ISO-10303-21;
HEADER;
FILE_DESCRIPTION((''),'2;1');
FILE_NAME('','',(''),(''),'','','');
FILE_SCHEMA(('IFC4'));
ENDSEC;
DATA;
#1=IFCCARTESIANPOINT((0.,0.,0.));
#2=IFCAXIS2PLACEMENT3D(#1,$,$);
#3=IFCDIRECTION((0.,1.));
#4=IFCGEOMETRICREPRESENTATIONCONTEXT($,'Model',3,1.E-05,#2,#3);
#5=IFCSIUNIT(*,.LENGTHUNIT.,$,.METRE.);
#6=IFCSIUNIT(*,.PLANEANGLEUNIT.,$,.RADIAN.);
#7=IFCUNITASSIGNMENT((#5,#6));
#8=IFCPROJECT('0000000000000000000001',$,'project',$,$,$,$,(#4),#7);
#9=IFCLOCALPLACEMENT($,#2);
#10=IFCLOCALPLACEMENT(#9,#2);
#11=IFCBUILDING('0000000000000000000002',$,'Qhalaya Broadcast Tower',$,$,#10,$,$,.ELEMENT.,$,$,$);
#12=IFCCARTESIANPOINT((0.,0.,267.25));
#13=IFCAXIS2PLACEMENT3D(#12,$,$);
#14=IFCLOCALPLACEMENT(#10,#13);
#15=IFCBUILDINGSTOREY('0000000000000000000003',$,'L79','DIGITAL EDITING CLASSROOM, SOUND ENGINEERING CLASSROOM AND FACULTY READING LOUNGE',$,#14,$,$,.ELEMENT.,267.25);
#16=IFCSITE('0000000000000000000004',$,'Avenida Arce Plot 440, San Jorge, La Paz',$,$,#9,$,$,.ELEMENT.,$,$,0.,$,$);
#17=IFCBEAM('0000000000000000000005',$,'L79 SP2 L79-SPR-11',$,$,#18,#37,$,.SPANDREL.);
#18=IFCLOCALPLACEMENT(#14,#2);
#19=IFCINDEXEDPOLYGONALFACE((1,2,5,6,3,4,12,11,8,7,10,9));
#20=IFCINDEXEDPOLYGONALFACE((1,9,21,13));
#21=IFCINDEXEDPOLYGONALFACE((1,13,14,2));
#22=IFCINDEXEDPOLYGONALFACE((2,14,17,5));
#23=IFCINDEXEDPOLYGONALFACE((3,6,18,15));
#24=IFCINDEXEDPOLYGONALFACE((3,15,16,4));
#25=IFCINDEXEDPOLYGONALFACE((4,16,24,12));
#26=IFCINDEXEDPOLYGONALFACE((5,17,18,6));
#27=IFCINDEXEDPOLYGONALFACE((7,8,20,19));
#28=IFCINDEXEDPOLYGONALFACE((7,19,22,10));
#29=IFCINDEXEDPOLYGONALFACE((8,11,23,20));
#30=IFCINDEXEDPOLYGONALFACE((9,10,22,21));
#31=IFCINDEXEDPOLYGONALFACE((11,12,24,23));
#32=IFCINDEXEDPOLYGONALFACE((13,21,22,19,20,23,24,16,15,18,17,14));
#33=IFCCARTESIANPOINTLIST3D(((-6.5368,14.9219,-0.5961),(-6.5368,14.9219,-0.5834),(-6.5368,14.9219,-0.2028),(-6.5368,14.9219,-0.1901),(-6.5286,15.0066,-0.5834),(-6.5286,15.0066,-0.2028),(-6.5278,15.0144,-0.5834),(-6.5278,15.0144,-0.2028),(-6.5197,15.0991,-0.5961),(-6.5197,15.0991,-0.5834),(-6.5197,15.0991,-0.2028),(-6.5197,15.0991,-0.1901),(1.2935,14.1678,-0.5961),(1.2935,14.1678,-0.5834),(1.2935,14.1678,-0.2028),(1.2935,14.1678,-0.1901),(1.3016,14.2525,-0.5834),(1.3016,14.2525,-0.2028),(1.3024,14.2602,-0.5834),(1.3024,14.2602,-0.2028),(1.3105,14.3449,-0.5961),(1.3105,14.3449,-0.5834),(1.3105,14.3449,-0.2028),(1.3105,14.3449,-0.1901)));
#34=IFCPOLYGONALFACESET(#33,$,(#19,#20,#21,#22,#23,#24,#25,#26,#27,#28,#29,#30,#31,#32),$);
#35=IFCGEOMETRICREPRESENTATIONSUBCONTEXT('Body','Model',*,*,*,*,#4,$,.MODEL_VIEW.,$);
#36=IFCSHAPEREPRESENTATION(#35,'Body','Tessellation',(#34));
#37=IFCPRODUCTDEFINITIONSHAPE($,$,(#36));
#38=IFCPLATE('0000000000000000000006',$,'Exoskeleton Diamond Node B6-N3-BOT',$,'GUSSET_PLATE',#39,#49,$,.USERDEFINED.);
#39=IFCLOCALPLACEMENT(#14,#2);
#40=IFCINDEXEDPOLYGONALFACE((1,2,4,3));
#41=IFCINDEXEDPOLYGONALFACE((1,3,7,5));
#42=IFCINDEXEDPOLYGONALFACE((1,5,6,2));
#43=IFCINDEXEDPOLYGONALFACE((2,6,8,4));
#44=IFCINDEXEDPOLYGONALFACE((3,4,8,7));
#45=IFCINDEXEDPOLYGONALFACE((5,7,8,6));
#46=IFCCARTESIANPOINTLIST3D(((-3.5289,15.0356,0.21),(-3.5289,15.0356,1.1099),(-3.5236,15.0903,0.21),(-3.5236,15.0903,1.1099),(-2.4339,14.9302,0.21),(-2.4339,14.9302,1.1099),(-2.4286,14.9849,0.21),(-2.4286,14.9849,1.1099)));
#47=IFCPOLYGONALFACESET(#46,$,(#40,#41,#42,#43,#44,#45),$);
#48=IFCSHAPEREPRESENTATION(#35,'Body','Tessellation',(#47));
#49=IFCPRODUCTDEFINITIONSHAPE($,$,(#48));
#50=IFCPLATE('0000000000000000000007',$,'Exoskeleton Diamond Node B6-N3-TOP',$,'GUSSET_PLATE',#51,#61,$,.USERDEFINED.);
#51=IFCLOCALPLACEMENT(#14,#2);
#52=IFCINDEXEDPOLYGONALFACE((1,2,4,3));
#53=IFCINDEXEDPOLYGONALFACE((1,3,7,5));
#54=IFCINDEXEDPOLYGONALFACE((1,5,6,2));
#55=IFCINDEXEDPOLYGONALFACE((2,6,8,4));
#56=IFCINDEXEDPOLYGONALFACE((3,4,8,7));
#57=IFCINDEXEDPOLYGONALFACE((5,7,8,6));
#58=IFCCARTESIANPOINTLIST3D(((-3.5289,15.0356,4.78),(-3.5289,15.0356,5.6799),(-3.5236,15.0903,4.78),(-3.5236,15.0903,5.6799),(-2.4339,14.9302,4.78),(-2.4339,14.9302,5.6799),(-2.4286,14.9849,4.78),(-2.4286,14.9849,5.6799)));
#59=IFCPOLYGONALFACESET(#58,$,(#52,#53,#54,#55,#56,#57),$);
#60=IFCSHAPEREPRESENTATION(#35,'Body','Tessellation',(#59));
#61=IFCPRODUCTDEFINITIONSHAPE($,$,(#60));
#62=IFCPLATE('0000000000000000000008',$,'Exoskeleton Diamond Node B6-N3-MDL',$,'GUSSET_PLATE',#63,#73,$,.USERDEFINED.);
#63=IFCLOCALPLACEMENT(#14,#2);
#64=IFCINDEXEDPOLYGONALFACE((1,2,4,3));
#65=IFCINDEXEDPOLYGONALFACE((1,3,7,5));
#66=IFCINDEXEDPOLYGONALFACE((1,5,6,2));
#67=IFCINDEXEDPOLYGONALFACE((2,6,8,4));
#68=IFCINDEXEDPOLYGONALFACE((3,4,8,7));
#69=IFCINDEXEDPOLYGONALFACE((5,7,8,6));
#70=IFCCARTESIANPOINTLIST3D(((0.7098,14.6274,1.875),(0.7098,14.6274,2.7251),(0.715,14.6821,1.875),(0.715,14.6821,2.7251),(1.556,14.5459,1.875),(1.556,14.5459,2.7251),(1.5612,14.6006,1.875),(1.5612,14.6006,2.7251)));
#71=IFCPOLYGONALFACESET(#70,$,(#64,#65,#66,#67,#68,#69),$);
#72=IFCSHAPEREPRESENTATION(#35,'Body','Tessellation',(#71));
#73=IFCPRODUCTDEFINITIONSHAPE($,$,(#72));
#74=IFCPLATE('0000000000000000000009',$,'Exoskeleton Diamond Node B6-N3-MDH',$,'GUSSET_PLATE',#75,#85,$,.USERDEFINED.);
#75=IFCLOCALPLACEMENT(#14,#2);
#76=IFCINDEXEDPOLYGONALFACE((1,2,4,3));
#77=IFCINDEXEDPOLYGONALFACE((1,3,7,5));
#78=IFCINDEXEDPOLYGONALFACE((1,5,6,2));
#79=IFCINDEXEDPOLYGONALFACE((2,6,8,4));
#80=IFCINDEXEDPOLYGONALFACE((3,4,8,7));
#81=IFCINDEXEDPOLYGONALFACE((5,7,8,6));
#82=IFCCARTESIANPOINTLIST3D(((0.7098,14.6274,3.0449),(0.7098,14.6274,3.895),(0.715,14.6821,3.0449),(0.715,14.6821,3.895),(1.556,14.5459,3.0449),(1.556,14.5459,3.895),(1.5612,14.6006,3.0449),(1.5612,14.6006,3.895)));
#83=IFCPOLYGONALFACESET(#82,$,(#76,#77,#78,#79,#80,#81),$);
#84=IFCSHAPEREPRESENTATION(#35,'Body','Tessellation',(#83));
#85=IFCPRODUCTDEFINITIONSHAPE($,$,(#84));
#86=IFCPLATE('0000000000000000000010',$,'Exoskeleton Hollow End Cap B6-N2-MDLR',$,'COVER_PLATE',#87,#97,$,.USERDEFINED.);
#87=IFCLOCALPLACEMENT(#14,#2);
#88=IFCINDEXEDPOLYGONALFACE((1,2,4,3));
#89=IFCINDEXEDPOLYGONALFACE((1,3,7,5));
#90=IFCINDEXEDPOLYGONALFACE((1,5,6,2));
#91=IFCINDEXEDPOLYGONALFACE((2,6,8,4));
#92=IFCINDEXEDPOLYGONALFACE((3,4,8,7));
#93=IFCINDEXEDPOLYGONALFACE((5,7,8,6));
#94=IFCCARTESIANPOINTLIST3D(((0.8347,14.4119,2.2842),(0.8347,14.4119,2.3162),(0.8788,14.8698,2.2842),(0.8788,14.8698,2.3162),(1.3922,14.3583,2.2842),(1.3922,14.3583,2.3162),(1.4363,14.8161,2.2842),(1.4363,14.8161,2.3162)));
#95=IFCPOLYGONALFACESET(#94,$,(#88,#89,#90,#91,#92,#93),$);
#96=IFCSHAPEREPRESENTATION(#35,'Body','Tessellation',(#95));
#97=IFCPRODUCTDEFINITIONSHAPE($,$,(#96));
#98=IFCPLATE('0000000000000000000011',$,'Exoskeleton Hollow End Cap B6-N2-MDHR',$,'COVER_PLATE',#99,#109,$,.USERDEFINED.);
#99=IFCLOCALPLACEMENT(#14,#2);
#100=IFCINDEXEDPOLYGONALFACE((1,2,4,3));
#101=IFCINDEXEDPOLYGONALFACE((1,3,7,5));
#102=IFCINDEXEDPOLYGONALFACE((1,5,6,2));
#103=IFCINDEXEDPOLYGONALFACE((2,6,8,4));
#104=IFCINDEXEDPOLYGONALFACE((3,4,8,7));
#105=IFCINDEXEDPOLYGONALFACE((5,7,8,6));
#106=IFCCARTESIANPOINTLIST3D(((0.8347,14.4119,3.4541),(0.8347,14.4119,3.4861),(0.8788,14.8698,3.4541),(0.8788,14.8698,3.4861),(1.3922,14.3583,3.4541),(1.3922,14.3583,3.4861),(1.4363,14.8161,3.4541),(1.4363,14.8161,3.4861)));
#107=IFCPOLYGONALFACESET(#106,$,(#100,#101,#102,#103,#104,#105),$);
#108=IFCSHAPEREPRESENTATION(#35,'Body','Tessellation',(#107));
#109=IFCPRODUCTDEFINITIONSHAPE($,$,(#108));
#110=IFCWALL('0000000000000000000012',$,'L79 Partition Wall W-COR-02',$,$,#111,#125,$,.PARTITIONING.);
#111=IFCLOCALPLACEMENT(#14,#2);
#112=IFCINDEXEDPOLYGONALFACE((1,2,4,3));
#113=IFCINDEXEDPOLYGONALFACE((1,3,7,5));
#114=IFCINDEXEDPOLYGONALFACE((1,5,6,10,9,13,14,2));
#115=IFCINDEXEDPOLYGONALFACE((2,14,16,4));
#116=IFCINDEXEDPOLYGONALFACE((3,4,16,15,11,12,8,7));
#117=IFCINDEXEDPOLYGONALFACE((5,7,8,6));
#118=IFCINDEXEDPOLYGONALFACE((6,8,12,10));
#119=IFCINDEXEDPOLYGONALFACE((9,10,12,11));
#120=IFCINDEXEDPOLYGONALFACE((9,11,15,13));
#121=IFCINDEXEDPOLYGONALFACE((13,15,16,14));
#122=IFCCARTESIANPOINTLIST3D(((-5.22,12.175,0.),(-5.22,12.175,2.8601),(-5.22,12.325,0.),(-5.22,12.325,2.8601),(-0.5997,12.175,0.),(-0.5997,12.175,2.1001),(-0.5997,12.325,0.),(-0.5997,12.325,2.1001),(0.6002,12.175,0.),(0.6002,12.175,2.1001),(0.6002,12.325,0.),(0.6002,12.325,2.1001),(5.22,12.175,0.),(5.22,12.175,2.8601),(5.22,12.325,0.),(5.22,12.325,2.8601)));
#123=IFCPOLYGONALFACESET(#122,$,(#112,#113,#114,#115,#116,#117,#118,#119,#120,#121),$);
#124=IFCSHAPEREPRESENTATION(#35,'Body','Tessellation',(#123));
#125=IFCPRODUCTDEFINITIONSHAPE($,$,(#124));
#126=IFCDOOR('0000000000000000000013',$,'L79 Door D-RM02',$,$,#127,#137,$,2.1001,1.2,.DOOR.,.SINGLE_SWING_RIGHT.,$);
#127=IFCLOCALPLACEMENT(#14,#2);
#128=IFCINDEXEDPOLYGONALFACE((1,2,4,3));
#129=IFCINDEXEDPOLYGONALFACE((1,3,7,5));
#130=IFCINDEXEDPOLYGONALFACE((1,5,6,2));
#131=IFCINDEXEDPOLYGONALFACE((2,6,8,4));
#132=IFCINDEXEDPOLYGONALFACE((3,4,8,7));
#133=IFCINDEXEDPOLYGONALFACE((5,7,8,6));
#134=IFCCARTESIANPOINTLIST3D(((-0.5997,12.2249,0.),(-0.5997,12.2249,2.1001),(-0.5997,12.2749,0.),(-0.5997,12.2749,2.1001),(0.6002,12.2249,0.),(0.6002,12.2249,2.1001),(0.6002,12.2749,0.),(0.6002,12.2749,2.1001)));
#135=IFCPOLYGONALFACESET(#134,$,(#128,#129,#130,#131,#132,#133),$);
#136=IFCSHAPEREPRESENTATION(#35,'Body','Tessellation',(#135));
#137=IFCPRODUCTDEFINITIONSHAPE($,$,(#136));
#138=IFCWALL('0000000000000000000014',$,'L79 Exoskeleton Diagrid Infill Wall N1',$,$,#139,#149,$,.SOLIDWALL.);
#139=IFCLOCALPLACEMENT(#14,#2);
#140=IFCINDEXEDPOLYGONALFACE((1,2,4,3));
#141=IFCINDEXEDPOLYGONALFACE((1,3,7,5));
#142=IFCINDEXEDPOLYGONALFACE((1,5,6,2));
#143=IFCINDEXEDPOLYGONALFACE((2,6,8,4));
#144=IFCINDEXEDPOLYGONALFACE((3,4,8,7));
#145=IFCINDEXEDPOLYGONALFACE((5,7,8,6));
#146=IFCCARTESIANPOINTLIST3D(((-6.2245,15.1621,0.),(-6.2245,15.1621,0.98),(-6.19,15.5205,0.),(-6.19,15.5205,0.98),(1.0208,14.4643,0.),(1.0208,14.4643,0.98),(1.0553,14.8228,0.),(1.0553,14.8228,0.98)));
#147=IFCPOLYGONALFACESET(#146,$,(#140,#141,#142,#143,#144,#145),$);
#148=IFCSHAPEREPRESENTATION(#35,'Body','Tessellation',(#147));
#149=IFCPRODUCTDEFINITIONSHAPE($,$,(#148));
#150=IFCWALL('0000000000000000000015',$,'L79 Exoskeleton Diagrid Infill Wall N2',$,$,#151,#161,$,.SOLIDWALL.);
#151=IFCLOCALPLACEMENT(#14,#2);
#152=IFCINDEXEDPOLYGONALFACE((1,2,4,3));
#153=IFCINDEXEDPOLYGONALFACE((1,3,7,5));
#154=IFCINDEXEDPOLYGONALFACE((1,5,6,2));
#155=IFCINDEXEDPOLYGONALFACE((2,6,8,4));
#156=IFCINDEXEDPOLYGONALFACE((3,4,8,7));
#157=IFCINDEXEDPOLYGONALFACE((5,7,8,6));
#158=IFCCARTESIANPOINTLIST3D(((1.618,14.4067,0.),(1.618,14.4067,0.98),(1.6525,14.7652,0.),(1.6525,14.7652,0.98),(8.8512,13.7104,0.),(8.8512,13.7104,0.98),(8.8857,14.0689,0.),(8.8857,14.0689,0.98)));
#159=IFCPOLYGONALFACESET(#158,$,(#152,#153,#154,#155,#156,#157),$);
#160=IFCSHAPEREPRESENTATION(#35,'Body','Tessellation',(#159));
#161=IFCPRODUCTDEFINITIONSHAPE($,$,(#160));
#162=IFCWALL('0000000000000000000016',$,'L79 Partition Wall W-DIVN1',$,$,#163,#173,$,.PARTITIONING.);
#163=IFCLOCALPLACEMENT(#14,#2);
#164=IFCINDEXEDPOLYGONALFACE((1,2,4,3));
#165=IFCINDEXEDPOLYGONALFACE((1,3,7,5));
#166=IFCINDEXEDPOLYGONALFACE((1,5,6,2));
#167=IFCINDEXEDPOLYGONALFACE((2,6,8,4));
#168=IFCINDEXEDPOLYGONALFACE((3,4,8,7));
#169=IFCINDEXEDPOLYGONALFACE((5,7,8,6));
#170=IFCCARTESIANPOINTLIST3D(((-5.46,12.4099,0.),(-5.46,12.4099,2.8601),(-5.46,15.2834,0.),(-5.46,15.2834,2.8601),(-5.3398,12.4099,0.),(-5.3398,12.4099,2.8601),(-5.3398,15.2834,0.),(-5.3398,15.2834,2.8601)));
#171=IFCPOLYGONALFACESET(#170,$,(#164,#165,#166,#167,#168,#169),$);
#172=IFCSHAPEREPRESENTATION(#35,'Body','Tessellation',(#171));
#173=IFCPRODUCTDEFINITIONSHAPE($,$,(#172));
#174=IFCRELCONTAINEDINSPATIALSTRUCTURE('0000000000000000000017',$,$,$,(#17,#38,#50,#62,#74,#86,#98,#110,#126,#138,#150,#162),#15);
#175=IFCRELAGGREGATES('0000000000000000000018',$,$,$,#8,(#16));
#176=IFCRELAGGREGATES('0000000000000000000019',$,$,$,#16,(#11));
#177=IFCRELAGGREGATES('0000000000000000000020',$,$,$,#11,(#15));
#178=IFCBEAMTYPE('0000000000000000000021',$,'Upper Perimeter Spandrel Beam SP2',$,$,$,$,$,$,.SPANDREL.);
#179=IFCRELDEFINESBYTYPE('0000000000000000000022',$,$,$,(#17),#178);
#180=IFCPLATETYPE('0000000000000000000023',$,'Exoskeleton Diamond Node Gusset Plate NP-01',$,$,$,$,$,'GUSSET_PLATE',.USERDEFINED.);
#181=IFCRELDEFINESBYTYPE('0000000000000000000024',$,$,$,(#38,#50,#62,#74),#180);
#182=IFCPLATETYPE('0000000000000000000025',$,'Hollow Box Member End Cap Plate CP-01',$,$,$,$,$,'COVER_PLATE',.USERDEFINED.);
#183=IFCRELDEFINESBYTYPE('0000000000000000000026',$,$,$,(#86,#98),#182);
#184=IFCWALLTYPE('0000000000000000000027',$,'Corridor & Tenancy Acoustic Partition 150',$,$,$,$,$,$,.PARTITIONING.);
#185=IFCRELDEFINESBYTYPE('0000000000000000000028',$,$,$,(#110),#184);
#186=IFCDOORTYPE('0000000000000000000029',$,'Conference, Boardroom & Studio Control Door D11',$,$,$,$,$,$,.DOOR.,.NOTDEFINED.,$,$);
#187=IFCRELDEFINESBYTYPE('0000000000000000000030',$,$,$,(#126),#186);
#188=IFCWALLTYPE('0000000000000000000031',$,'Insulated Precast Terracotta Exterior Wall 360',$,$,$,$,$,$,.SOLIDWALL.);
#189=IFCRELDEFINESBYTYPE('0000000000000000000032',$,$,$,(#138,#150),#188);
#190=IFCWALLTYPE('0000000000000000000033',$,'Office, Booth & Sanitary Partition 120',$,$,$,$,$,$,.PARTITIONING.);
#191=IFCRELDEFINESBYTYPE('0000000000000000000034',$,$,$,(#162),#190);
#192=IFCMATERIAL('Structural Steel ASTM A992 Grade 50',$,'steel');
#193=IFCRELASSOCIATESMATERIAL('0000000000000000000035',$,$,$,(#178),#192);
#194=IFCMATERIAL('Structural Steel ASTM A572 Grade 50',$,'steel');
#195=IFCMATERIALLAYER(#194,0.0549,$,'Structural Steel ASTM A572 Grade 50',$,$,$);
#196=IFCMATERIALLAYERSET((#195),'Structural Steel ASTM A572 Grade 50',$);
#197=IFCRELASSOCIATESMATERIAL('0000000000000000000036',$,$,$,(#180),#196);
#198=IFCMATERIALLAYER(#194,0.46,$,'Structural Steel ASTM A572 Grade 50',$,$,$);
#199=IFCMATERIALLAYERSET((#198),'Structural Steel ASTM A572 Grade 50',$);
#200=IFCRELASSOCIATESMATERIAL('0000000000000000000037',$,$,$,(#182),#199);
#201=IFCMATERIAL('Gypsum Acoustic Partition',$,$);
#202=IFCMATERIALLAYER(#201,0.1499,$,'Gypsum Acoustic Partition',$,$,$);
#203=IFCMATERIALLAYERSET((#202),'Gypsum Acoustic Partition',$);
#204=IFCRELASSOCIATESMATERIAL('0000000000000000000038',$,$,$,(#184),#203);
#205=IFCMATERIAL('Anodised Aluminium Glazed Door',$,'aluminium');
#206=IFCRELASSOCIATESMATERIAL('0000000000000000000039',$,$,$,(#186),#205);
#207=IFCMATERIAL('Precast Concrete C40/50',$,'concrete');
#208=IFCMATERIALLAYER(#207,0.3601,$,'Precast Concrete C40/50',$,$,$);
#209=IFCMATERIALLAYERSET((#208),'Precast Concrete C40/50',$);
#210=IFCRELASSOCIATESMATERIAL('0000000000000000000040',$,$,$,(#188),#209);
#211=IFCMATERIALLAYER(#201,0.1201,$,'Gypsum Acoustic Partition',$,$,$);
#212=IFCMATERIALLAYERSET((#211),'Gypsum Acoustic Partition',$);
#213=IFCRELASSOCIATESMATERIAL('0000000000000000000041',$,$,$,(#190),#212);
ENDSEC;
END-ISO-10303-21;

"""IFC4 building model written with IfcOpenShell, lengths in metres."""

from ifc_helpers import new_model, si_unit, direction, frame, frame_2d, origin, origin_2d, place, context, subcontext, project, spatial, rectangle, i_section, extrude, material, layer, layer_set, material_profile, profile_set, type_object, element, fill, save


model = new_model("IFC4")

# Units and contexts
model_context = context("Model", 3, precision=1e-05, world=origin(), true_north=direction((0.0, 1.0)))
body_context = subcontext(model_context, "Body", "Model", "MODEL_VIEW")
ifc_project = project(units=[si_unit("LENGTHUNIT", "METRE"), si_unit("PLANEANGLEUNIT", "RADIAN")], contexts=[model_context])

# Site, building, storey
site_placement = place(None, origin())
site = spatial("IfcSite", under=ifc_project, at=site_placement, Name="Avenida Arce Plot 440, San Jorge, La Paz", CompositionType="ELEMENT", RefElevation=0.0)
building_placement = place(site_placement, origin())
building = spatial("IfcBuilding", under=site, at=building_placement, Name="Qhalaya Broadcast Tower", CompositionType="ELEMENT")
storey_placement = place(building_placement, frame((0.0, 0.0, 267.25)))
storey = spatial("IfcBuildingStorey", under=building, at=storey_placement, Name="L79", Description="DIGITAL EDITING CLASSROOM, SOUND ENGINEERING CLASSROOM AND FACULTY READING LOUNGE", CompositionType="ELEMENT", Elevation=267.25)

# Shared definitions
ifc_material_1 = material(Name="Structural Steel ASTM A572 Grade 50", Category="steel")

# Shared definitions
ifc_material_2 = material(Name="Structural Steel ASTM A992 Grade 50", Category="steel")

# Beam
ifc_material_profile_1 = material_profile(ifc_material_2, i_section(OverallWidth=0.178, OverallDepth=0.406, WebThickness=0.0078, FlangeThickness=0.0127, at=origin_2d()), Name="W16X40")
ifc_profile_set_1 = profile_set([ifc_material_profile_1], Name="Structural Steel ASTM A992 Grade 50")
beam_type_1 = type_object("IfcBeamType", Name="Upper Perimeter Spandrel Beam SP2", PredefinedType="SPANDREL", material=ifc_profile_set_1)
beam_1_placement = place(storey_placement, frame((1.302, 14.2563, -0.3931), z_axis=(-0.995394, 0.095868, 0.0), x_axis=(-0.095868, -0.995394, 0.0)))
element("IfcBeam", 1, at=beam_1_placement, inside=storey, type_object=beam_type_1, Name="L79 SP2 L79-SPR-11", PredefinedType="SPANDREL", context=body_context, shape_type="SweptSolid", body=[
    extrude(i_section(OverallWidth=0.178, OverallDepth=0.406, WebThickness=0.0078, FlangeThickness=0.0127, at=origin_2d()), origin(), (0.0, 0.0, 1.0), 7.8665),
])

# Plates
ifc_layer_1 = layer(ifc_material_1, 0.0549, Name="Structural Steel ASTM A572 Grade 50")
ifc_layer_set_1 = layer_set([ifc_layer_1], Name="Structural Steel ASTM A572 Grade 50")
plate_type_1 = type_object("IfcPlateType", Name="Exoskeleton Diamond Node Gusset Plate NP-01", ElementType="GUSSET_PLATE", PredefinedType="USERDEFINED", material=ifc_layer_set_1)
for number, where, z_axis, x_axis, name in (
    (2, (-2.9788, 15.0103, 0.21), (0.0, 0.0, 1.0), (0.995396, -0.095846, 0.0), "Exoskeleton Diamond Node B6-N3-BOT"),
    (3, (-2.9788, 15.0103, 4.78), (0.0, 0.0, 1.0), (0.995396, -0.095846, 0.0), "Exoskeleton Diamond Node B6-N3-TOP"),
):
    element("IfcPlate", number, at=place(storey_placement, frame(where, z_axis=z_axis, x_axis=x_axis)), inside=storey, type_object=plate_type_1, Name=name, ObjectType="GUSSET_PLATE", PredefinedType="USERDEFINED", context=body_context, shape_type="SweptSolid", body=[
        extrude(rectangle(XDim=1.1001, YDim=0.0549, at=origin_2d()), origin(), (0.0, 0.0, 1.0), 0.8999),
    ])
for number, where, z_axis, x_axis, name in (
    (4, (1.1355, 14.614, 1.875), (0.0, 0.0, 1.0), (0.995396, -0.095846, 0.0), "Exoskeleton Diamond Node B6-N3-MDL"),
    (5, (1.1355, 14.614, 3.0449), (0.0, 0.0, 1.0), (0.995396, -0.095846, 0.0), "Exoskeleton Diamond Node B6-N3-MDH"),
):
    element("IfcPlate", number, at=place(storey_placement, frame(where, z_axis=z_axis, x_axis=x_axis)), inside=storey, type_object=plate_type_1, Name=name, ObjectType="GUSSET_PLATE", PredefinedType="USERDEFINED", context=body_context, shape_type="SweptSolid", body=[
        extrude(rectangle(XDim=0.8501, YDim=0.0549, at=origin_2d()), origin(), (0.0, 0.0, 1.0), 0.8501),
    ])
ifc_layer_2 = layer(ifc_material_1, 0.46, Name="Structural Steel ASTM A572 Grade 50")
ifc_layer_set_2 = layer_set([ifc_layer_2], Name="Structural Steel ASTM A572 Grade 50")
plate_type_2 = type_object("IfcPlateType", Name="Hollow Box Member End Cap Plate CP-01", ElementType="COVER_PLATE", PredefinedType="USERDEFINED", material=ifc_layer_set_2)
for number, where, z_axis, x_axis, name in (
    (6, (1.1355, 14.614, 2.2842), (0.0, 0.0, 1.0), (0.995396, -0.095846, 0.0), "Exoskeleton Hollow End Cap B6-N2-MDLR"),
    (7, (1.1355, 14.614, 3.4541), (0.0, 0.0, 1.0), (0.995396, -0.095846, 0.0), "Exoskeleton Hollow End Cap B6-N2-MDHR"),
):
    element("IfcPlate", number, at=place(storey_placement, frame(where, z_axis=z_axis, x_axis=x_axis)), inside=storey, type_object=plate_type_2, Name=name, ObjectType="COVER_PLATE", PredefinedType="USERDEFINED", context=body_context, shape_type="SweptSolid", body=[
        extrude(rectangle(XDim=0.5601, YDim=0.46, at=origin_2d()), origin(), (0.0, 0.0, 1.0), 0.032),
    ])

# Wall, opening, door
ifc_material_3 = material(Name="Gypsum Acoustic Partition")
ifc_layer_3 = layer(ifc_material_3, 0.1499, Name="Gypsum Acoustic Partition")
ifc_layer_set_3 = layer_set([ifc_layer_3], Name="Gypsum Acoustic Partition")
wall_type_1 = type_object("IfcWallType", Name="Corridor & Tenancy Acoustic Partition 150", PredefinedType="PARTITIONING", material=ifc_layer_set_3)
wall_1_placement = place(storey_placement, frame((-5.22, 12.25, 0.0), z_axis=(0.0, 0.0, 1.0), x_axis=(1.0, 0.0, 0.0)))
wall_1 = element("IfcWall", 8, at=wall_1_placement, inside=storey, type_object=wall_type_1, Name="L79 Partition Wall W-COR-02", PredefinedType="PARTITIONING", context=body_context, shape_type="SweptSolid", body=[
    extrude(rectangle(XDim=10.4399, YDim=0.1499, at=frame_2d((5.22, 0.0))), origin(), (0.0, 0.0, 1.0), 2.8601),
])
opening_placement = place(wall_1_placement, frame((4.6201, 0.0, 0.0)))
opening = element("IfcOpeningElement", 9, at=opening_placement, cuts=wall_1, PredefinedType="OPENING", context=body_context, shape_type="SweptSolid", body=[
    extrude(rectangle(XDim=1.2, YDim=2.1001, at=frame_2d((0.6001, 1.05))), frame((0.0, 0.0869, 0.0), z_axis=(0.0, -1.0, 0.0), x_axis=(1.0, 0.0, 0.0)), (0.0, 0.0, 1.0), 0.1738),
])
ifc_material_4 = material(Name="Anodised Aluminium Glazed Door", Category="aluminium")
door_type = type_object("IfcDoorType", Name="Conference, Boardroom & Studio Control Door D11", OperationType="NOTDEFINED", PredefinedType="DOOR", material=ifc_material_4)
door_placement = place(opening_placement, origin())
door = element("IfcDoor", 10, at=door_placement, inside=storey, type_object=door_type, Name="L79 Door D-RM02", OperationType="SINGLE_SWING_RIGHT", OverallHeight=2.1001, OverallWidth=1.2, PredefinedType="DOOR", context=body_context, shape_type="SweptSolid", body=[
    extrude(rectangle(XDim=1.2, YDim=2.1001, at=frame_2d((0.6001, 1.05))), frame((0.0, 0.0249, 0.0), z_axis=(0.0, -1.0, 0.0), x_axis=(1.0, 0.0, 0.0)), (0.0, 0.0, 1.0), 0.05),
])
fill(opening, door)

# Walls
ifc_material_5 = material(Name="Precast Concrete C40/50", Category="concrete")
ifc_layer_4 = layer(ifc_material_5, 0.3601, Name="Precast Concrete C40/50")
ifc_layer_set_4 = layer_set([ifc_layer_4], Name="Precast Concrete C40/50")
wall_type_2 = type_object("IfcWallType", Name="Insulated Precast Terracotta Exterior Wall 360", PredefinedType="SOLIDWALL", material=ifc_layer_set_4)
wall_2_placement = place(storey_placement, frame((-6.2073, 15.3413, 0.0), z_axis=(0.0, 0.0, 1.0), x_axis=(0.995395, -0.09586, 0.0)))
element("IfcWall", 11, at=wall_2_placement, inside=storey, type_object=wall_type_2, Name="L79 Exoskeleton Diagrid Infill Wall N1", PredefinedType="SOLIDWALL", context=body_context, shape_type="SweptSolid", body=[
    extrude(rectangle(XDim=7.2788, YDim=0.3601, at=frame_2d((3.6394, 0.0))), origin(), (0.0, 0.0, 1.0), 0.98),
])
wall_3_placement = place(storey_placement, frame((1.6353, 14.5859, 0.0), z_axis=(0.0, 0.0, 1.0), x_axis=(0.995399, -0.095821, 0.0)))
element("IfcWall", 12, at=wall_3_placement, inside=storey, type_object=wall_type_2, Name="L79 Exoskeleton Diagrid Infill Wall N2", PredefinedType="SOLIDWALL", context=body_context, shape_type="SweptSolid", body=[
    extrude(rectangle(XDim=7.2666, YDim=0.3601, at=frame_2d((3.6333, 0.0))), origin(), (0.0, 0.0, 1.0), 0.98),
])
ifc_layer_5 = layer(ifc_material_3, 0.1201, Name="Gypsum Acoustic Partition")
ifc_layer_set_5 = layer_set([ifc_layer_5], Name="Gypsum Acoustic Partition")
wall_type_3 = type_object("IfcWallType", Name="Office, Booth & Sanitary Partition 120", PredefinedType="PARTITIONING", material=ifc_layer_set_5)
wall_4_placement = place(storey_placement, frame((-5.3999, 12.4099, 0.0), z_axis=(0.0, 0.0, 1.0), x_axis=(0.0, 1.0, 0.0)))
element("IfcWall", 13, at=wall_4_placement, inside=storey, type_object=wall_type_3, Name="L79 Partition Wall W-DIVN1", PredefinedType="PARTITIONING", context=body_context, shape_type="SweptSolid", body=[
    extrude(rectangle(XDim=2.8735, YDim=0.1201, at=frame_2d((1.4368, 0.0))), origin(), (0.0, 0.0, 1.0), 2.8601),
])

save(model, "model.ifc")
